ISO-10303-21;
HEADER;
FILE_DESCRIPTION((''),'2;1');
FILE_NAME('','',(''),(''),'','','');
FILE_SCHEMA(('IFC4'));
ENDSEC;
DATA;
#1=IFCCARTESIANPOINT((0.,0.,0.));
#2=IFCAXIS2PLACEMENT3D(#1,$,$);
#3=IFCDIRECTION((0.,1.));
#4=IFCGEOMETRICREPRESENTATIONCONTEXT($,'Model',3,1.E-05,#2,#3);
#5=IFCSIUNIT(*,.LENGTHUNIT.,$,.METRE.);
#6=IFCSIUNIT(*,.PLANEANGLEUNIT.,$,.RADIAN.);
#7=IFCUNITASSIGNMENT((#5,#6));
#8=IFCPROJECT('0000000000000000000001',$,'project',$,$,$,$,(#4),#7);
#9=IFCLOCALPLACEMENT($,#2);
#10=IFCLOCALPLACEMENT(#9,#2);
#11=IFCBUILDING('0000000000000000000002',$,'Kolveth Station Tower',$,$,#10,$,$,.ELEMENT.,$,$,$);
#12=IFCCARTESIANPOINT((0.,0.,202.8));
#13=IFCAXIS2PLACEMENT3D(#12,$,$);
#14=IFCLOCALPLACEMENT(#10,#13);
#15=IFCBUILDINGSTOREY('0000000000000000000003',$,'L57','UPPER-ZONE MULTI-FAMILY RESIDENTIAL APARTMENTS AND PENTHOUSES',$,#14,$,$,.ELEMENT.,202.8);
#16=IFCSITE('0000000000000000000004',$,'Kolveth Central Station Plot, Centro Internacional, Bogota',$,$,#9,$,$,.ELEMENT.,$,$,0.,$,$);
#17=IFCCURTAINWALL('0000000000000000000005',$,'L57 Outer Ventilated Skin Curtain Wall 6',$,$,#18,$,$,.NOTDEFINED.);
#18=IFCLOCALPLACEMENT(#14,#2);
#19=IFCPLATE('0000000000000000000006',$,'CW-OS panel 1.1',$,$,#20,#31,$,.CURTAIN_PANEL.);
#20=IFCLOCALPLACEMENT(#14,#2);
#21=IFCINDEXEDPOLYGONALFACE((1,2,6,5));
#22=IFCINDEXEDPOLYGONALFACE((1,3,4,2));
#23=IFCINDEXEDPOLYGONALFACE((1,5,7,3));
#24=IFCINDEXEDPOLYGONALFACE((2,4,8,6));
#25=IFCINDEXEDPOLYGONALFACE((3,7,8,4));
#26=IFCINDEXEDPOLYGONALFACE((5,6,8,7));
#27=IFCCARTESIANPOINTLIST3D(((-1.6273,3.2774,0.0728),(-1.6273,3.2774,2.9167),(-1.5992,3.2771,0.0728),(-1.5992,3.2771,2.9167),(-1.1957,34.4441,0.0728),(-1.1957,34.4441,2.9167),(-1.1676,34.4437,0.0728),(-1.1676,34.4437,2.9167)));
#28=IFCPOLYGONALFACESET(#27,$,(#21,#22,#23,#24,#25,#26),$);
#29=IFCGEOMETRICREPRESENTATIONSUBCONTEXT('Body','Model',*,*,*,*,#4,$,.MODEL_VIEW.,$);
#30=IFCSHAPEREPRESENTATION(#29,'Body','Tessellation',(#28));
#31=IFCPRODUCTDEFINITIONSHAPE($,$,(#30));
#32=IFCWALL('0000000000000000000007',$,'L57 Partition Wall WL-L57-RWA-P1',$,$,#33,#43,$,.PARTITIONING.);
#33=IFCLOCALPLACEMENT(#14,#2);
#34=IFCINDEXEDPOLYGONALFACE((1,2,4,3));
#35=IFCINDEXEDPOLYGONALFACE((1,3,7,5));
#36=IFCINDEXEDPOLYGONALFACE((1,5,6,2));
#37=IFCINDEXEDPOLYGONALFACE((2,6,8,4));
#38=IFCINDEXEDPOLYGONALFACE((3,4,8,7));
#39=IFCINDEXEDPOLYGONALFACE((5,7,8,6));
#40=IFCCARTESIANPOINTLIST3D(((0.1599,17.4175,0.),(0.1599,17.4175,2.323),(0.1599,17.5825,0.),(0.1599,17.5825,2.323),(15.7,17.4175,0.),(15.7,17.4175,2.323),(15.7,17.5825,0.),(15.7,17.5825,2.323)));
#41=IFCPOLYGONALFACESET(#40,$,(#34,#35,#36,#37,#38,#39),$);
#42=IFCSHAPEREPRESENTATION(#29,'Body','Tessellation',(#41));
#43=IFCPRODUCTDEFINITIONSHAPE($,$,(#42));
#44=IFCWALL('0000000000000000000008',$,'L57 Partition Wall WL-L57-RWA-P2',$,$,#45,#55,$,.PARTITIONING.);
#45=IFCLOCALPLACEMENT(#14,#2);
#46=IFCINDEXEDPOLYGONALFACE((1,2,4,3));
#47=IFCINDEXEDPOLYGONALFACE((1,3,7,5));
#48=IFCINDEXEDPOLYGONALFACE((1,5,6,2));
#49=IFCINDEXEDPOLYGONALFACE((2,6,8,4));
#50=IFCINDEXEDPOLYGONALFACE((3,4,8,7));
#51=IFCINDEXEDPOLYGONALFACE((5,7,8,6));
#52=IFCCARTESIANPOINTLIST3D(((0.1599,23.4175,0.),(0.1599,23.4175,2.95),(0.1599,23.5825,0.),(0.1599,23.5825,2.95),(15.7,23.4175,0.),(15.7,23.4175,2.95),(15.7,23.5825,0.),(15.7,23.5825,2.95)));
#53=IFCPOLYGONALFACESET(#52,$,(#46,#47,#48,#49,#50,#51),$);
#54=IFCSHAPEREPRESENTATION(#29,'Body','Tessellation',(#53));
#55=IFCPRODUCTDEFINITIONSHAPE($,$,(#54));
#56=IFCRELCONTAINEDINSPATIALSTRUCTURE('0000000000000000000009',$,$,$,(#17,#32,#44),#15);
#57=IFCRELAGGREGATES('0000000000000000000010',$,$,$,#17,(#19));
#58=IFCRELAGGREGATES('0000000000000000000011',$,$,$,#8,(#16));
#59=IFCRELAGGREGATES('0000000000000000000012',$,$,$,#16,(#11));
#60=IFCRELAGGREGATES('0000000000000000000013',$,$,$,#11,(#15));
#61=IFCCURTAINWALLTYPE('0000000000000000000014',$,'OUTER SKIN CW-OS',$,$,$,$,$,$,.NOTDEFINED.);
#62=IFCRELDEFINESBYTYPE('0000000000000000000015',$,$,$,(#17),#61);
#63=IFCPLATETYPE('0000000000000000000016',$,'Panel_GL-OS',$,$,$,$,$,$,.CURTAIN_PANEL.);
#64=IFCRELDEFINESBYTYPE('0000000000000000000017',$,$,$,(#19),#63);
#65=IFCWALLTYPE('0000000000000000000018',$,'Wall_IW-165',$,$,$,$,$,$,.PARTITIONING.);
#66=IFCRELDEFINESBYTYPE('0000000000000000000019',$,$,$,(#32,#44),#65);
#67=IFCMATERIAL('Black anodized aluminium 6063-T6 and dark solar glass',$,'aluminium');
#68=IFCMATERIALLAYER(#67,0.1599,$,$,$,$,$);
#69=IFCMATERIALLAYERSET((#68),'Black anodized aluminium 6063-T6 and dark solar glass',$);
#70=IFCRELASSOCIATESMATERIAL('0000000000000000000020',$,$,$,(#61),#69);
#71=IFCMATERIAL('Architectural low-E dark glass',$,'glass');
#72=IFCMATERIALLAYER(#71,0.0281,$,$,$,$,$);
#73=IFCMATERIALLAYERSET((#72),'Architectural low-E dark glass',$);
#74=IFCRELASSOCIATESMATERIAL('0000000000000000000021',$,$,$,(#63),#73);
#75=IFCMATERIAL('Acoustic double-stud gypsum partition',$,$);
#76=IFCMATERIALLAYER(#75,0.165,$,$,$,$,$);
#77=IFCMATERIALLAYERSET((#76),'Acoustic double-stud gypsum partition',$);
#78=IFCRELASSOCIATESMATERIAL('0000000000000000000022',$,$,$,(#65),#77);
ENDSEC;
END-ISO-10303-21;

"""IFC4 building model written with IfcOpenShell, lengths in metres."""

from ifc_helpers import new_model, si_unit, direction, frame, frame_2d, origin, origin_2d, place, context, subcontext, project, spatial, rectangle, extrude, source, transform, mapped, material, layer, layer_set, type_object, element, aggregate, save


model = new_model("IFC4")

# Units and contexts
model_context = context("Model", 3, precision=1e-05, world=origin(), true_north=direction((0.0, 1.0)))
body_context = subcontext(model_context, "Body", "Model", "MODEL_VIEW")
ifc_project = project(units=[si_unit("LENGTHUNIT", "METRE"), si_unit("PLANEANGLEUNIT", "RADIAN")], contexts=[model_context])

# Site, building, storey
site_placement = place(None, origin())
site = spatial("IfcSite", under=ifc_project, at=site_placement, Name="Kolveth Central Station Plot, Centro Internacional, Bogota", CompositionType="ELEMENT", RefElevation=0.0)
building_placement = place(site_placement, origin())
building = spatial("IfcBuilding", under=site, at=building_placement, Name="Kolveth Station Tower", CompositionType="ELEMENT")
storey_placement = place(building_placement, frame((0.0, 0.0, 202.8)))
storey = spatial("IfcBuildingStorey", under=building, at=storey_placement, Name="L57", Description="UPPER-ZONE MULTI-FAMILY RESIDENTIAL APARTMENTS AND PENTHOUSES", CompositionType="ELEMENT", Elevation=202.8)

# Curtain wall, plate
ifc_material_1 = material(Name="Architectural low-E dark glass", Category="glass")
ifc_material_2 = material(Name="Black anodized aluminium 6063-T6 and dark solar glass", Category="aluminium")
ifc_layer_1 = layer(ifc_material_2, 0.1599)
ifc_layer_set_1 = layer_set([ifc_layer_1], Name="Black anodized aluminium 6063-T6 and dark solar glass")
curtain_wall_type_1 = type_object("IfcCurtainWallType", Name="OUTER SKIN CW-OS", PredefinedType="NOTDEFINED", material=ifc_layer_set_1)
curtain_wall_1_placement = place(storey_placement, origin())
curtain_wall_1 = element("IfcCurtainWall", 1, at=curtain_wall_1_placement, inside=storey, type_object=curtain_wall_type_1, Name="L57 Outer Ventilated Skin Curtain Wall 6", PredefinedType="NOTDEFINED")
ifc_layer_2 = layer(ifc_material_1, 0.0281)
ifc_layer_set_2 = layer_set([ifc_layer_2], Name="Architectural low-E dark glass")
plate_type_1 = type_object("IfcPlateType", Name="Panel_GL-OS", PredefinedType="CURTAIN_PANEL", material=ifc_layer_set_2)
shared_shape_1 = source(origin(), body_context, "Body", "SweptSolid", [
    extrude(rectangle(XDim=31.1697, YDim=0.0281, at=origin_2d()), origin(), (0.0, 0.0, 1.0), 2.844),
])
plate_1_placement = place(storey_placement, frame((-1.3975, 18.8606, 0.0728), z_axis=(0.0, 0.0, 1.0), x_axis=(-0.013847, -0.999904, 0.0)))
plate_1 = element("IfcPlate", 2, at=plate_1_placement, type_object=plate_type_1, Name="CW-OS panel 1.1", PredefinedType="CURTAIN_PANEL", context=body_context, shape_type="MappedRepresentation", body=[
    mapped(shared_shape_1, transform((0.0, 0.0, 0.0), x_axis=(1.0, 0.0, 0.0), y_axis=(0.0, 1.0, 0.0), z_axis=(0.0, 0.0, 1.0), scale=1.0)),
])
aggregate(curtain_wall_1, [plate_1])

# Walls
ifc_material_3 = material(Name="Acoustic double-stud gypsum partition")
ifc_layer_3 = layer(ifc_material_3, 0.165)
ifc_layer_set_3 = layer_set([ifc_layer_3], Name="Acoustic double-stud gypsum partition")
wall_type = type_object("IfcWallType", Name="Wall_IW-165", PredefinedType="PARTITIONING", material=ifc_layer_set_3)
wall_1_placement = place(storey_placement, frame((0.1599, 17.5, 0.0), z_axis=(0.0, 0.0, 1.0), x_axis=(1.0, 0.0, 0.0)))
element("IfcWall", 3, at=wall_1_placement, inside=storey, type_object=wall_type, Name="L57 Partition Wall WL-L57-RWA-P1", PredefinedType="PARTITIONING", context=body_context, shape_type="SweptSolid", body=[
    extrude(rectangle(XDim=15.54, YDim=0.165, at=frame_2d((7.77, 0.0))), origin(), (0.0, 0.0, 1.0), 2.323),
])
wall_2_placement = place(storey_placement, frame((0.1599, 23.5, 0.0), z_axis=(0.0, 0.0, 1.0), x_axis=(1.0, 0.0, 0.0)))
element("IfcWall", 4, at=wall_2_placement, inside=storey, type_object=wall_type, Name="L57 Partition Wall WL-L57-RWA-P2", PredefinedType="PARTITIONING", context=body_context, shape_type="SweptSolid", body=[
    extrude(rectangle(XDim=15.54, YDim=0.165, at=frame_2d((7.77, 0.0))), origin(), (0.0, 0.0, 1.0), 2.95),
])

save(model, "model.ifc")
